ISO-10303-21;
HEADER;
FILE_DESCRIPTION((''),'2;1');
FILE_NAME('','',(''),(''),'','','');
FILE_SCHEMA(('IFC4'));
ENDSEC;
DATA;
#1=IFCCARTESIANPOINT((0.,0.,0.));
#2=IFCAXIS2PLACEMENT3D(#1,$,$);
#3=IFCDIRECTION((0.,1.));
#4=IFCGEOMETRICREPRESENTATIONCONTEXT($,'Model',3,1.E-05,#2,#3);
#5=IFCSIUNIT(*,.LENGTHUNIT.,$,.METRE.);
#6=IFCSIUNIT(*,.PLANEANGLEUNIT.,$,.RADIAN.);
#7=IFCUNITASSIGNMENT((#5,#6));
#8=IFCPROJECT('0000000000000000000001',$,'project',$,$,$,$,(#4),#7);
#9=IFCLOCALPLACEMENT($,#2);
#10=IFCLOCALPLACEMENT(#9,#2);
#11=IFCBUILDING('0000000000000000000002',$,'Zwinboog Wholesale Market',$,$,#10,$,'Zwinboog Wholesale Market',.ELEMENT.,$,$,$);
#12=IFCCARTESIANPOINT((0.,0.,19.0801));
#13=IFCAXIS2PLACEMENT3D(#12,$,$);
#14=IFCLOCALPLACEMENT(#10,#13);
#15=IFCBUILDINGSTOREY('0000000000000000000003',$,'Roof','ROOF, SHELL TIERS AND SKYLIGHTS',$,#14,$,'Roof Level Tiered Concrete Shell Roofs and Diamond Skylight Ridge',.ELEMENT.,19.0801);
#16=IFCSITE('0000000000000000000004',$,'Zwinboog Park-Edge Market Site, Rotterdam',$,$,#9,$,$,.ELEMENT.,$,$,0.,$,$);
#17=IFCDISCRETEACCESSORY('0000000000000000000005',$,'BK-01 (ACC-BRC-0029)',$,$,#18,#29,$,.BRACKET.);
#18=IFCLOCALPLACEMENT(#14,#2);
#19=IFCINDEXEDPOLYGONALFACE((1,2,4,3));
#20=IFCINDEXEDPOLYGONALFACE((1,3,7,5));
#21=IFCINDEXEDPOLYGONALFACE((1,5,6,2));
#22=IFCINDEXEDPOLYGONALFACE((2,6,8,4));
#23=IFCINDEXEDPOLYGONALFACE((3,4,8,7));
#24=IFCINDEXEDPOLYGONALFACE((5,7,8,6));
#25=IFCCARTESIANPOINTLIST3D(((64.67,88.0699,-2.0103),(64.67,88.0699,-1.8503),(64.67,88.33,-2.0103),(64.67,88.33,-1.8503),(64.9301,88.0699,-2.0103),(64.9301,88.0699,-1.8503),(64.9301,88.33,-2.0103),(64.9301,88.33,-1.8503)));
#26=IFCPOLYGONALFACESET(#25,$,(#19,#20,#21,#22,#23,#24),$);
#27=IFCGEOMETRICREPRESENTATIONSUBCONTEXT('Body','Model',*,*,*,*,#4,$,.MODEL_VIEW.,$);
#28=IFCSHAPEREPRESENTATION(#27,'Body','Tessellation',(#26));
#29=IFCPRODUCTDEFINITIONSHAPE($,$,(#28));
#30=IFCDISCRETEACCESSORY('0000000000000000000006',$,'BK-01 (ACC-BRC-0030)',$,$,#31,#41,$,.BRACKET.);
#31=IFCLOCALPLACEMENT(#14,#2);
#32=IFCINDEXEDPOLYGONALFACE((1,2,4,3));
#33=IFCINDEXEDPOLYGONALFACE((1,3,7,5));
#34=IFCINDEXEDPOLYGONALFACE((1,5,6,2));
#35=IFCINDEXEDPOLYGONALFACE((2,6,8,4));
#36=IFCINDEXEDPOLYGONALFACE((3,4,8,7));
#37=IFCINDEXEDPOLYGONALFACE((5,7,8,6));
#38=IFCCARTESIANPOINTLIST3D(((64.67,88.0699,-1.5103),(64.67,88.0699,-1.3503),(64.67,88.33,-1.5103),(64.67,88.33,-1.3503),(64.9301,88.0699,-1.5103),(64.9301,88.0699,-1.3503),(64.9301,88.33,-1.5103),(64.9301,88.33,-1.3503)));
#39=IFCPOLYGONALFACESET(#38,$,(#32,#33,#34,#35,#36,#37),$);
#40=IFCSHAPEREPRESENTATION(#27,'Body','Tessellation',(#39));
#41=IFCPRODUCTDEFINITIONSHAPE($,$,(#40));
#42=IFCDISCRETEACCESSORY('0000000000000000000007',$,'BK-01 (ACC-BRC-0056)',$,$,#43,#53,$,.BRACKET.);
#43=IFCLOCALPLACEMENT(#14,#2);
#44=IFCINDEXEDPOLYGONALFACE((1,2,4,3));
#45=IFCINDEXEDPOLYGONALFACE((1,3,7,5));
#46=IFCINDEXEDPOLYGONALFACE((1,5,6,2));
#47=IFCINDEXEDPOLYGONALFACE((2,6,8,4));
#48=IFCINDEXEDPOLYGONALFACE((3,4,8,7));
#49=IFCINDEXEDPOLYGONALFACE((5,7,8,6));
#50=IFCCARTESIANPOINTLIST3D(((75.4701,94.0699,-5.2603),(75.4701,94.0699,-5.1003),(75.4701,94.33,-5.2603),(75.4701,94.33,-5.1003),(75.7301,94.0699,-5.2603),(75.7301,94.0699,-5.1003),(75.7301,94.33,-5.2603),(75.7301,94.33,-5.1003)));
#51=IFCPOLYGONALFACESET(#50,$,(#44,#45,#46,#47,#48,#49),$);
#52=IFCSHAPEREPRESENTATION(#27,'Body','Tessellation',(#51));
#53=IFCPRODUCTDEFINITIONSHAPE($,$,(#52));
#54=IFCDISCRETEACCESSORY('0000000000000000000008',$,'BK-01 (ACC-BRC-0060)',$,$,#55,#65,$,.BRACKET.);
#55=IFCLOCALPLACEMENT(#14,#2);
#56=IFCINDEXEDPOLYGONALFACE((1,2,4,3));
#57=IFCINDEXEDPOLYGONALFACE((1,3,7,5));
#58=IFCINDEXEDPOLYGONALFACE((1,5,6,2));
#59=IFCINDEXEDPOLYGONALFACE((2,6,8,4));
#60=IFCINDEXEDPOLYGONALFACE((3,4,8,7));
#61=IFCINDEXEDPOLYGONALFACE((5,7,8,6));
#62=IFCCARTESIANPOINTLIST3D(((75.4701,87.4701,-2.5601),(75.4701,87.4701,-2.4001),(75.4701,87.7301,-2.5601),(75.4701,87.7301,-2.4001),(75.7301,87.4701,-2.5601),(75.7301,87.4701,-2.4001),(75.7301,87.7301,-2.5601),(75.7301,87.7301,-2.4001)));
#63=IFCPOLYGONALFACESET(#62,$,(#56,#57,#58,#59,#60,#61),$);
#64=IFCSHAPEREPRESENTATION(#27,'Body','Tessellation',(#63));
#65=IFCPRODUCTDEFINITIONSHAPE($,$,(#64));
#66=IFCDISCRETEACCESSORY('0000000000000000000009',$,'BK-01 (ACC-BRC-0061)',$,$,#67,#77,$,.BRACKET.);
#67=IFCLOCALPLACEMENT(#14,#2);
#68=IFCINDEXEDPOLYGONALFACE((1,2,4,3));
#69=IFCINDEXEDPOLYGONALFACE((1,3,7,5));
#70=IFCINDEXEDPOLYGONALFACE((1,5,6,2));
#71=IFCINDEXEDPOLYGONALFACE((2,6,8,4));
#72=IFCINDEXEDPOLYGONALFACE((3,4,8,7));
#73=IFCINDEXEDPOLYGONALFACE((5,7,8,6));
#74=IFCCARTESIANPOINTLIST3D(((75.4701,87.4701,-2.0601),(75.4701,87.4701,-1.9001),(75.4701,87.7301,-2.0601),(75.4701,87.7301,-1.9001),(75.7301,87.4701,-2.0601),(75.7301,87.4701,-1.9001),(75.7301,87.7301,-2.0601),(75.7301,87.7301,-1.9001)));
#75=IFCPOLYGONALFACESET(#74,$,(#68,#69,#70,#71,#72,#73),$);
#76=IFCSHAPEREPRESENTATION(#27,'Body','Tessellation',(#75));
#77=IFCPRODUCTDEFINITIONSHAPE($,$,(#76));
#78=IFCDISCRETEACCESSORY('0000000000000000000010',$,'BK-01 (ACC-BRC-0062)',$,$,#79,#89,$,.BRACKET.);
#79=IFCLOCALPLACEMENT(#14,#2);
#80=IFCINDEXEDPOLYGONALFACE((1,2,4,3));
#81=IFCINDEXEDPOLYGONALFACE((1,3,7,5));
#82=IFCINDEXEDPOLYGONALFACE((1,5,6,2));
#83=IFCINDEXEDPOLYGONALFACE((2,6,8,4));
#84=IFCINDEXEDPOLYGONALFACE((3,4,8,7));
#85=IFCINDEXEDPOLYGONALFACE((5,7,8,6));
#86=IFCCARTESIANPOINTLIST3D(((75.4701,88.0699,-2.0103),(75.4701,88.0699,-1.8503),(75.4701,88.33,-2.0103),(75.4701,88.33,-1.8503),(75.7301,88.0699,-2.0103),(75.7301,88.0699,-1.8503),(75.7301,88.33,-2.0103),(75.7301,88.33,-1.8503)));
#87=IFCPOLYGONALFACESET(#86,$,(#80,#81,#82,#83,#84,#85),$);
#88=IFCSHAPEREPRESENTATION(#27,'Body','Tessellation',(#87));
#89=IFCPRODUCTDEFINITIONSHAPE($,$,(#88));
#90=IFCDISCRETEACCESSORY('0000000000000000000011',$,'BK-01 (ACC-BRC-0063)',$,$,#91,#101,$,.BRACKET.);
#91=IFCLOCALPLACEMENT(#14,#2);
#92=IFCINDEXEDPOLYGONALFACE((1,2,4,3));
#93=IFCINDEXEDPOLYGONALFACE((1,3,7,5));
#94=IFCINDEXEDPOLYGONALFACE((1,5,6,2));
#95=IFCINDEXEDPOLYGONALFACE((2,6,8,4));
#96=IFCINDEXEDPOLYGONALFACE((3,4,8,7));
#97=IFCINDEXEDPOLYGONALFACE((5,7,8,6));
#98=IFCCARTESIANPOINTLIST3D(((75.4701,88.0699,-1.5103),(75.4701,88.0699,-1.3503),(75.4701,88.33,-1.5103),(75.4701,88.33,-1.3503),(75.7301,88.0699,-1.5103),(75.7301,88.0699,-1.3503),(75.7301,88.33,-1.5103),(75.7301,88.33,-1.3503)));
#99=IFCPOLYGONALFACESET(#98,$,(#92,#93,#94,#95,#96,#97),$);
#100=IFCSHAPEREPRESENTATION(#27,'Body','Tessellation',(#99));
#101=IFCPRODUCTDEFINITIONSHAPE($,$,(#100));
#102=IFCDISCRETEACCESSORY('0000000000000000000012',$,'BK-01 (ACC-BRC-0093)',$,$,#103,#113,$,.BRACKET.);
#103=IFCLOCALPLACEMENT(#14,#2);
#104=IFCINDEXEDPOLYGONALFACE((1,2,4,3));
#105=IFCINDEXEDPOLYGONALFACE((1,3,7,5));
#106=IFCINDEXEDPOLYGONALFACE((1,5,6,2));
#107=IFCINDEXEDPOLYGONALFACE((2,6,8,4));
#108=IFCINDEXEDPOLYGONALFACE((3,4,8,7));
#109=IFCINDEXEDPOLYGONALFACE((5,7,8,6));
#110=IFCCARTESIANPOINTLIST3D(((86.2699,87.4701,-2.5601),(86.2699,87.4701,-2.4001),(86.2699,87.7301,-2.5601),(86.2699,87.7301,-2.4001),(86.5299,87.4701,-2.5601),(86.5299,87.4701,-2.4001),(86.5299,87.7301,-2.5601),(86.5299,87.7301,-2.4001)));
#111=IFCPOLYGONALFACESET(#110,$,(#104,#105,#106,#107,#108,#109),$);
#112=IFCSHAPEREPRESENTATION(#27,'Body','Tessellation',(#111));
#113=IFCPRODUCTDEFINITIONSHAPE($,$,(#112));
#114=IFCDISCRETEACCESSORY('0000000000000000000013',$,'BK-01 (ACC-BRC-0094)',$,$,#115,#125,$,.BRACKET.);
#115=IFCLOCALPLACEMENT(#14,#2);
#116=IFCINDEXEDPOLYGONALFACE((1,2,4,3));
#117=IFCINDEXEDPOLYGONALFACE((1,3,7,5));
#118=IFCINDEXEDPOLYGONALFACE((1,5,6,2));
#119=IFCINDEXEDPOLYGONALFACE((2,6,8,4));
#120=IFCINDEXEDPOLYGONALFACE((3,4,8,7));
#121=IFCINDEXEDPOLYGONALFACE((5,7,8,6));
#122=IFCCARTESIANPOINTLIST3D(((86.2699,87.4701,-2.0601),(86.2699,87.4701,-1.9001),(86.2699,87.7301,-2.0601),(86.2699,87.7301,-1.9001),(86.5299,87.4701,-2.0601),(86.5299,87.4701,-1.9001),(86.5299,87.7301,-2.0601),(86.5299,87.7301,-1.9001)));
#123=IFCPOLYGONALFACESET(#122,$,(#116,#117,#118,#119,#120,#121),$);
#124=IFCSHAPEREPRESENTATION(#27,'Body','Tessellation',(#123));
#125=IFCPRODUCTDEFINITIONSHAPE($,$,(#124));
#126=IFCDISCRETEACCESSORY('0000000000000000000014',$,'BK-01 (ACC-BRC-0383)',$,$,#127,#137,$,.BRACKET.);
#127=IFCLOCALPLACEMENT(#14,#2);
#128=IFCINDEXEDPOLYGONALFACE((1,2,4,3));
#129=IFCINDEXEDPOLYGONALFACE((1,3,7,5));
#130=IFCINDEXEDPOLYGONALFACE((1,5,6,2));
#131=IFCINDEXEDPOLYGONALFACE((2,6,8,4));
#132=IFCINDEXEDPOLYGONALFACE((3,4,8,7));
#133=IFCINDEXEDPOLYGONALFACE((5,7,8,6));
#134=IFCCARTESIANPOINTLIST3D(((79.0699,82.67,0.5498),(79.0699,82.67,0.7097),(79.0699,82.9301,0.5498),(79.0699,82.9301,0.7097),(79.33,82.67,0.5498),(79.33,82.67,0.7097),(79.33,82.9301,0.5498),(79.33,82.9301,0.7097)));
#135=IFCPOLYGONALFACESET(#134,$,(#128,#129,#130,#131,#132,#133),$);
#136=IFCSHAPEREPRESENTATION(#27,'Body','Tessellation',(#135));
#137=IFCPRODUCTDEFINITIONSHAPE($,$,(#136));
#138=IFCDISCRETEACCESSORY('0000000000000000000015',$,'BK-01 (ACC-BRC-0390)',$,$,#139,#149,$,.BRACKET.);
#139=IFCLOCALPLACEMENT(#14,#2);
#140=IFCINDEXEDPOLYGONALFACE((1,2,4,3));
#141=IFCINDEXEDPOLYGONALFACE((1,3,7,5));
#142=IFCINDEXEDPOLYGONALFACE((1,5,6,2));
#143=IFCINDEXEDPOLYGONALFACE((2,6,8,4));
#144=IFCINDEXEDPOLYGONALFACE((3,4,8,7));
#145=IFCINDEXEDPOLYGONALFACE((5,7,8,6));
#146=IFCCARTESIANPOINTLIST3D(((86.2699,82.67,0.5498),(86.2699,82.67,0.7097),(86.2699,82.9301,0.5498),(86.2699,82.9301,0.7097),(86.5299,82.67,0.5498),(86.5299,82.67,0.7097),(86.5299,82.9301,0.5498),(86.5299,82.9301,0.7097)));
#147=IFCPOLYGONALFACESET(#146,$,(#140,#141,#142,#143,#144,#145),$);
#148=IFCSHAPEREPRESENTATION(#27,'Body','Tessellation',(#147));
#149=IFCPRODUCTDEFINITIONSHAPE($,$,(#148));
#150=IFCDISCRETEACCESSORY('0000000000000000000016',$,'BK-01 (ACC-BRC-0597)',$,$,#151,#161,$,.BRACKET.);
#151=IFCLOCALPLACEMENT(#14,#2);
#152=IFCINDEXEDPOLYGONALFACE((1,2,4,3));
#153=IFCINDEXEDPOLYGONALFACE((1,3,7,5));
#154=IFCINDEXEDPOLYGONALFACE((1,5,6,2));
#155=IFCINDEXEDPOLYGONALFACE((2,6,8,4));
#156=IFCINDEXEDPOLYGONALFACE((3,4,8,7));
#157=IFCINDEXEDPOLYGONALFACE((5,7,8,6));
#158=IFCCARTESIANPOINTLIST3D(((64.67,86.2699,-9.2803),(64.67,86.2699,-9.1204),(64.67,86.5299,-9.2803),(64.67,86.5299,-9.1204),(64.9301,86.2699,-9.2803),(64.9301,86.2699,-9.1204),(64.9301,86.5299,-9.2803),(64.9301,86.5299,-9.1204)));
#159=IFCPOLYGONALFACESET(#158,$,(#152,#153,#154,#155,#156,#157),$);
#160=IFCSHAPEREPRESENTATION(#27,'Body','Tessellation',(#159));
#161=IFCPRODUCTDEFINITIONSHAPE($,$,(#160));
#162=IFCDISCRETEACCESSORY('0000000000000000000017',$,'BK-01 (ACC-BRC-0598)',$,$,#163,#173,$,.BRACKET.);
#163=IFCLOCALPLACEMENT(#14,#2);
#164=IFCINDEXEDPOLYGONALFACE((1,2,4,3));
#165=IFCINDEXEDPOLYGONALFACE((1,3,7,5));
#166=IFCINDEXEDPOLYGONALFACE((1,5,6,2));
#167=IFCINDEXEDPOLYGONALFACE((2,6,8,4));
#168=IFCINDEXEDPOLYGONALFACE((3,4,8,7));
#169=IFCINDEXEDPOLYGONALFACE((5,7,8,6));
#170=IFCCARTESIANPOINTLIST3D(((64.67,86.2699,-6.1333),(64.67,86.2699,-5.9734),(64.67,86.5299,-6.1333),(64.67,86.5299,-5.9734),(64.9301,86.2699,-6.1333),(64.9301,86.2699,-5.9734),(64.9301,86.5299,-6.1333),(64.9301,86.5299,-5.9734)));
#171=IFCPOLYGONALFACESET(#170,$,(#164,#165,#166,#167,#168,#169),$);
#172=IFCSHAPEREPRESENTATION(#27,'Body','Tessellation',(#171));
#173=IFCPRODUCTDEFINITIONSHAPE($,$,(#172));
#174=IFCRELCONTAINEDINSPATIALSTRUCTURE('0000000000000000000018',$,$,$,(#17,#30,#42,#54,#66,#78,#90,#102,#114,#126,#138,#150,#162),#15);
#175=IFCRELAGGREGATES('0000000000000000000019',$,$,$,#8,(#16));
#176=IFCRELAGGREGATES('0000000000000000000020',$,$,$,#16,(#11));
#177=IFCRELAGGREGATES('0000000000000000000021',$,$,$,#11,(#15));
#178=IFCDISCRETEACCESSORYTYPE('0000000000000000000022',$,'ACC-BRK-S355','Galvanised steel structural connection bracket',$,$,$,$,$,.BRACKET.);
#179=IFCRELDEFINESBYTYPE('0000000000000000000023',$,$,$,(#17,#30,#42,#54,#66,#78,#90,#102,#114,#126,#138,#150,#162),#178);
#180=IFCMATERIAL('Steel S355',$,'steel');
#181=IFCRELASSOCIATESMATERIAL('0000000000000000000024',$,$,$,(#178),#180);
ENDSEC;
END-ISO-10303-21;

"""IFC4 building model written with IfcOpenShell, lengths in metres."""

from ifc_helpers import new_model, si_unit, direction, frame, origin, origin_2d, place, context, subcontext, project, spatial, rectangle, extrude, material, type_object, element, save


model = new_model("IFC4")

# Units and contexts
model_context = context("Model", 3, precision=1e-05, world=origin(), true_north=direction((0.0, 1.0)))
body_context = subcontext(model_context, "Body", "Model", "MODEL_VIEW")
ifc_project = project(units=[si_unit("LENGTHUNIT", "METRE"), si_unit("PLANEANGLEUNIT", "RADIAN")], contexts=[model_context])

# Site, building, storey
site_placement = place(None, origin())
site = spatial("IfcSite", under=ifc_project, at=site_placement, Name="Zwinboog Park-Edge Market Site, Rotterdam", CompositionType="ELEMENT", RefElevation=0.0)
building_placement = place(site_placement, origin())
building = spatial("IfcBuilding", under=site, at=building_placement, Name="Zwinboog Wholesale Market", LongName="Zwinboog Wholesale Market", CompositionType="ELEMENT")
storey_placement = place(building_placement, frame((0.0, 0.0, 19.0801)))
storey = spatial("IfcBuildingStorey", under=building, at=storey_placement, Name="Roof", Description="ROOF, SHELL TIERS AND SKYLIGHTS", LongName="Roof Level Tiered Concrete Shell Roofs and Diamond Skylight Ridge", CompositionType="ELEMENT", Elevation=19.0801)

# Shared definitions
ifc_material_1 = material(Name="Steel S355", Category="steel")

# Discrete accessories
discrete_accessory_type = type_object("IfcDiscreteAccessoryType", Name="ACC-BRK-S355", Description="Galvanised steel structural connection bracket", PredefinedType="BRACKET", material=ifc_material_1)
for number, where, z_axis, x_axis, name in (
    (1, (64.8, 88.2, -2.0103), (0.0, 0.0, 1.0), (1.0, 0.0, 0.0), "BK-01 (ACC-BRC-0029)"),
    (2, (64.8, 88.2, -1.5103), (0.0, 0.0, 1.0), (1.0, 0.0, 0.0), "BK-01 (ACC-BRC-0030)"),
    (3, (75.6001, 94.2, -5.2603), (0.0, 0.0, 1.0), (1.0, 0.0, 0.0), "BK-01 (ACC-BRC-0056)"),
    (4, (75.6001, 87.6001, -2.5601), (0.0, 0.0, 1.0), (1.0, 0.0, 0.0), "BK-01 (ACC-BRC-0060)"),
    (5, (75.6001, 87.6001, -2.0601), (0.0, 0.0, 1.0), (1.0, 0.0, 0.0), "BK-01 (ACC-BRC-0061)"),
    (6, (75.6001, 88.2, -2.0103), (0.0, 0.0, 1.0), (1.0, 0.0, 0.0), "BK-01 (ACC-BRC-0062)"),
    (7, (75.6001, 88.2, -1.5103), (0.0, 0.0, 1.0), (1.0, 0.0, 0.0), "BK-01 (ACC-BRC-0063)"),
    (8, (86.3999, 87.6001, -2.5601), (0.0, 0.0, 1.0), (1.0, 0.0, 0.0), "BK-01 (ACC-BRC-0093)"),
    (9, (86.3999, 87.6001, -2.0601), (0.0, 0.0, 1.0), (1.0, 0.0, 0.0), "BK-01 (ACC-BRC-0094)"),
    (10, (79.2, 82.8, 0.5498), (0.0, 0.0, 1.0), (1.0, 0.0, 0.0), "BK-01 (ACC-BRC-0383)"),
    (11, (86.3999, 82.8, 0.5498), (0.0, 0.0, 1.0), (1.0, 0.0, 0.0), "BK-01 (ACC-BRC-0390)"),
    (12, (64.8, 86.3999, -9.2803), (0.0, 0.0, 1.0), (1.0, 0.0, 0.0), "BK-01 (ACC-BRC-0597)"),
    (13, (64.8, 86.3999, -6.1333), (0.0, 0.0, 1.0), (1.0, 0.0, 0.0), "BK-01 (ACC-BRC-0598)"),
):
    element("IfcDiscreteAccessory", number, at=place(storey_placement, frame(where, z_axis=z_axis, x_axis=x_axis)), inside=storey, type_object=discrete_accessory_type, Name=name, PredefinedType="BRACKET", context=body_context, shape_type="SweptSolid", body=[
        extrude(rectangle(XDim=0.26, YDim=0.26, at=origin_2d()), origin(), (0.0, 0.0, 1.0), 0.1599),
    ])

save(model, "model.ifc")
